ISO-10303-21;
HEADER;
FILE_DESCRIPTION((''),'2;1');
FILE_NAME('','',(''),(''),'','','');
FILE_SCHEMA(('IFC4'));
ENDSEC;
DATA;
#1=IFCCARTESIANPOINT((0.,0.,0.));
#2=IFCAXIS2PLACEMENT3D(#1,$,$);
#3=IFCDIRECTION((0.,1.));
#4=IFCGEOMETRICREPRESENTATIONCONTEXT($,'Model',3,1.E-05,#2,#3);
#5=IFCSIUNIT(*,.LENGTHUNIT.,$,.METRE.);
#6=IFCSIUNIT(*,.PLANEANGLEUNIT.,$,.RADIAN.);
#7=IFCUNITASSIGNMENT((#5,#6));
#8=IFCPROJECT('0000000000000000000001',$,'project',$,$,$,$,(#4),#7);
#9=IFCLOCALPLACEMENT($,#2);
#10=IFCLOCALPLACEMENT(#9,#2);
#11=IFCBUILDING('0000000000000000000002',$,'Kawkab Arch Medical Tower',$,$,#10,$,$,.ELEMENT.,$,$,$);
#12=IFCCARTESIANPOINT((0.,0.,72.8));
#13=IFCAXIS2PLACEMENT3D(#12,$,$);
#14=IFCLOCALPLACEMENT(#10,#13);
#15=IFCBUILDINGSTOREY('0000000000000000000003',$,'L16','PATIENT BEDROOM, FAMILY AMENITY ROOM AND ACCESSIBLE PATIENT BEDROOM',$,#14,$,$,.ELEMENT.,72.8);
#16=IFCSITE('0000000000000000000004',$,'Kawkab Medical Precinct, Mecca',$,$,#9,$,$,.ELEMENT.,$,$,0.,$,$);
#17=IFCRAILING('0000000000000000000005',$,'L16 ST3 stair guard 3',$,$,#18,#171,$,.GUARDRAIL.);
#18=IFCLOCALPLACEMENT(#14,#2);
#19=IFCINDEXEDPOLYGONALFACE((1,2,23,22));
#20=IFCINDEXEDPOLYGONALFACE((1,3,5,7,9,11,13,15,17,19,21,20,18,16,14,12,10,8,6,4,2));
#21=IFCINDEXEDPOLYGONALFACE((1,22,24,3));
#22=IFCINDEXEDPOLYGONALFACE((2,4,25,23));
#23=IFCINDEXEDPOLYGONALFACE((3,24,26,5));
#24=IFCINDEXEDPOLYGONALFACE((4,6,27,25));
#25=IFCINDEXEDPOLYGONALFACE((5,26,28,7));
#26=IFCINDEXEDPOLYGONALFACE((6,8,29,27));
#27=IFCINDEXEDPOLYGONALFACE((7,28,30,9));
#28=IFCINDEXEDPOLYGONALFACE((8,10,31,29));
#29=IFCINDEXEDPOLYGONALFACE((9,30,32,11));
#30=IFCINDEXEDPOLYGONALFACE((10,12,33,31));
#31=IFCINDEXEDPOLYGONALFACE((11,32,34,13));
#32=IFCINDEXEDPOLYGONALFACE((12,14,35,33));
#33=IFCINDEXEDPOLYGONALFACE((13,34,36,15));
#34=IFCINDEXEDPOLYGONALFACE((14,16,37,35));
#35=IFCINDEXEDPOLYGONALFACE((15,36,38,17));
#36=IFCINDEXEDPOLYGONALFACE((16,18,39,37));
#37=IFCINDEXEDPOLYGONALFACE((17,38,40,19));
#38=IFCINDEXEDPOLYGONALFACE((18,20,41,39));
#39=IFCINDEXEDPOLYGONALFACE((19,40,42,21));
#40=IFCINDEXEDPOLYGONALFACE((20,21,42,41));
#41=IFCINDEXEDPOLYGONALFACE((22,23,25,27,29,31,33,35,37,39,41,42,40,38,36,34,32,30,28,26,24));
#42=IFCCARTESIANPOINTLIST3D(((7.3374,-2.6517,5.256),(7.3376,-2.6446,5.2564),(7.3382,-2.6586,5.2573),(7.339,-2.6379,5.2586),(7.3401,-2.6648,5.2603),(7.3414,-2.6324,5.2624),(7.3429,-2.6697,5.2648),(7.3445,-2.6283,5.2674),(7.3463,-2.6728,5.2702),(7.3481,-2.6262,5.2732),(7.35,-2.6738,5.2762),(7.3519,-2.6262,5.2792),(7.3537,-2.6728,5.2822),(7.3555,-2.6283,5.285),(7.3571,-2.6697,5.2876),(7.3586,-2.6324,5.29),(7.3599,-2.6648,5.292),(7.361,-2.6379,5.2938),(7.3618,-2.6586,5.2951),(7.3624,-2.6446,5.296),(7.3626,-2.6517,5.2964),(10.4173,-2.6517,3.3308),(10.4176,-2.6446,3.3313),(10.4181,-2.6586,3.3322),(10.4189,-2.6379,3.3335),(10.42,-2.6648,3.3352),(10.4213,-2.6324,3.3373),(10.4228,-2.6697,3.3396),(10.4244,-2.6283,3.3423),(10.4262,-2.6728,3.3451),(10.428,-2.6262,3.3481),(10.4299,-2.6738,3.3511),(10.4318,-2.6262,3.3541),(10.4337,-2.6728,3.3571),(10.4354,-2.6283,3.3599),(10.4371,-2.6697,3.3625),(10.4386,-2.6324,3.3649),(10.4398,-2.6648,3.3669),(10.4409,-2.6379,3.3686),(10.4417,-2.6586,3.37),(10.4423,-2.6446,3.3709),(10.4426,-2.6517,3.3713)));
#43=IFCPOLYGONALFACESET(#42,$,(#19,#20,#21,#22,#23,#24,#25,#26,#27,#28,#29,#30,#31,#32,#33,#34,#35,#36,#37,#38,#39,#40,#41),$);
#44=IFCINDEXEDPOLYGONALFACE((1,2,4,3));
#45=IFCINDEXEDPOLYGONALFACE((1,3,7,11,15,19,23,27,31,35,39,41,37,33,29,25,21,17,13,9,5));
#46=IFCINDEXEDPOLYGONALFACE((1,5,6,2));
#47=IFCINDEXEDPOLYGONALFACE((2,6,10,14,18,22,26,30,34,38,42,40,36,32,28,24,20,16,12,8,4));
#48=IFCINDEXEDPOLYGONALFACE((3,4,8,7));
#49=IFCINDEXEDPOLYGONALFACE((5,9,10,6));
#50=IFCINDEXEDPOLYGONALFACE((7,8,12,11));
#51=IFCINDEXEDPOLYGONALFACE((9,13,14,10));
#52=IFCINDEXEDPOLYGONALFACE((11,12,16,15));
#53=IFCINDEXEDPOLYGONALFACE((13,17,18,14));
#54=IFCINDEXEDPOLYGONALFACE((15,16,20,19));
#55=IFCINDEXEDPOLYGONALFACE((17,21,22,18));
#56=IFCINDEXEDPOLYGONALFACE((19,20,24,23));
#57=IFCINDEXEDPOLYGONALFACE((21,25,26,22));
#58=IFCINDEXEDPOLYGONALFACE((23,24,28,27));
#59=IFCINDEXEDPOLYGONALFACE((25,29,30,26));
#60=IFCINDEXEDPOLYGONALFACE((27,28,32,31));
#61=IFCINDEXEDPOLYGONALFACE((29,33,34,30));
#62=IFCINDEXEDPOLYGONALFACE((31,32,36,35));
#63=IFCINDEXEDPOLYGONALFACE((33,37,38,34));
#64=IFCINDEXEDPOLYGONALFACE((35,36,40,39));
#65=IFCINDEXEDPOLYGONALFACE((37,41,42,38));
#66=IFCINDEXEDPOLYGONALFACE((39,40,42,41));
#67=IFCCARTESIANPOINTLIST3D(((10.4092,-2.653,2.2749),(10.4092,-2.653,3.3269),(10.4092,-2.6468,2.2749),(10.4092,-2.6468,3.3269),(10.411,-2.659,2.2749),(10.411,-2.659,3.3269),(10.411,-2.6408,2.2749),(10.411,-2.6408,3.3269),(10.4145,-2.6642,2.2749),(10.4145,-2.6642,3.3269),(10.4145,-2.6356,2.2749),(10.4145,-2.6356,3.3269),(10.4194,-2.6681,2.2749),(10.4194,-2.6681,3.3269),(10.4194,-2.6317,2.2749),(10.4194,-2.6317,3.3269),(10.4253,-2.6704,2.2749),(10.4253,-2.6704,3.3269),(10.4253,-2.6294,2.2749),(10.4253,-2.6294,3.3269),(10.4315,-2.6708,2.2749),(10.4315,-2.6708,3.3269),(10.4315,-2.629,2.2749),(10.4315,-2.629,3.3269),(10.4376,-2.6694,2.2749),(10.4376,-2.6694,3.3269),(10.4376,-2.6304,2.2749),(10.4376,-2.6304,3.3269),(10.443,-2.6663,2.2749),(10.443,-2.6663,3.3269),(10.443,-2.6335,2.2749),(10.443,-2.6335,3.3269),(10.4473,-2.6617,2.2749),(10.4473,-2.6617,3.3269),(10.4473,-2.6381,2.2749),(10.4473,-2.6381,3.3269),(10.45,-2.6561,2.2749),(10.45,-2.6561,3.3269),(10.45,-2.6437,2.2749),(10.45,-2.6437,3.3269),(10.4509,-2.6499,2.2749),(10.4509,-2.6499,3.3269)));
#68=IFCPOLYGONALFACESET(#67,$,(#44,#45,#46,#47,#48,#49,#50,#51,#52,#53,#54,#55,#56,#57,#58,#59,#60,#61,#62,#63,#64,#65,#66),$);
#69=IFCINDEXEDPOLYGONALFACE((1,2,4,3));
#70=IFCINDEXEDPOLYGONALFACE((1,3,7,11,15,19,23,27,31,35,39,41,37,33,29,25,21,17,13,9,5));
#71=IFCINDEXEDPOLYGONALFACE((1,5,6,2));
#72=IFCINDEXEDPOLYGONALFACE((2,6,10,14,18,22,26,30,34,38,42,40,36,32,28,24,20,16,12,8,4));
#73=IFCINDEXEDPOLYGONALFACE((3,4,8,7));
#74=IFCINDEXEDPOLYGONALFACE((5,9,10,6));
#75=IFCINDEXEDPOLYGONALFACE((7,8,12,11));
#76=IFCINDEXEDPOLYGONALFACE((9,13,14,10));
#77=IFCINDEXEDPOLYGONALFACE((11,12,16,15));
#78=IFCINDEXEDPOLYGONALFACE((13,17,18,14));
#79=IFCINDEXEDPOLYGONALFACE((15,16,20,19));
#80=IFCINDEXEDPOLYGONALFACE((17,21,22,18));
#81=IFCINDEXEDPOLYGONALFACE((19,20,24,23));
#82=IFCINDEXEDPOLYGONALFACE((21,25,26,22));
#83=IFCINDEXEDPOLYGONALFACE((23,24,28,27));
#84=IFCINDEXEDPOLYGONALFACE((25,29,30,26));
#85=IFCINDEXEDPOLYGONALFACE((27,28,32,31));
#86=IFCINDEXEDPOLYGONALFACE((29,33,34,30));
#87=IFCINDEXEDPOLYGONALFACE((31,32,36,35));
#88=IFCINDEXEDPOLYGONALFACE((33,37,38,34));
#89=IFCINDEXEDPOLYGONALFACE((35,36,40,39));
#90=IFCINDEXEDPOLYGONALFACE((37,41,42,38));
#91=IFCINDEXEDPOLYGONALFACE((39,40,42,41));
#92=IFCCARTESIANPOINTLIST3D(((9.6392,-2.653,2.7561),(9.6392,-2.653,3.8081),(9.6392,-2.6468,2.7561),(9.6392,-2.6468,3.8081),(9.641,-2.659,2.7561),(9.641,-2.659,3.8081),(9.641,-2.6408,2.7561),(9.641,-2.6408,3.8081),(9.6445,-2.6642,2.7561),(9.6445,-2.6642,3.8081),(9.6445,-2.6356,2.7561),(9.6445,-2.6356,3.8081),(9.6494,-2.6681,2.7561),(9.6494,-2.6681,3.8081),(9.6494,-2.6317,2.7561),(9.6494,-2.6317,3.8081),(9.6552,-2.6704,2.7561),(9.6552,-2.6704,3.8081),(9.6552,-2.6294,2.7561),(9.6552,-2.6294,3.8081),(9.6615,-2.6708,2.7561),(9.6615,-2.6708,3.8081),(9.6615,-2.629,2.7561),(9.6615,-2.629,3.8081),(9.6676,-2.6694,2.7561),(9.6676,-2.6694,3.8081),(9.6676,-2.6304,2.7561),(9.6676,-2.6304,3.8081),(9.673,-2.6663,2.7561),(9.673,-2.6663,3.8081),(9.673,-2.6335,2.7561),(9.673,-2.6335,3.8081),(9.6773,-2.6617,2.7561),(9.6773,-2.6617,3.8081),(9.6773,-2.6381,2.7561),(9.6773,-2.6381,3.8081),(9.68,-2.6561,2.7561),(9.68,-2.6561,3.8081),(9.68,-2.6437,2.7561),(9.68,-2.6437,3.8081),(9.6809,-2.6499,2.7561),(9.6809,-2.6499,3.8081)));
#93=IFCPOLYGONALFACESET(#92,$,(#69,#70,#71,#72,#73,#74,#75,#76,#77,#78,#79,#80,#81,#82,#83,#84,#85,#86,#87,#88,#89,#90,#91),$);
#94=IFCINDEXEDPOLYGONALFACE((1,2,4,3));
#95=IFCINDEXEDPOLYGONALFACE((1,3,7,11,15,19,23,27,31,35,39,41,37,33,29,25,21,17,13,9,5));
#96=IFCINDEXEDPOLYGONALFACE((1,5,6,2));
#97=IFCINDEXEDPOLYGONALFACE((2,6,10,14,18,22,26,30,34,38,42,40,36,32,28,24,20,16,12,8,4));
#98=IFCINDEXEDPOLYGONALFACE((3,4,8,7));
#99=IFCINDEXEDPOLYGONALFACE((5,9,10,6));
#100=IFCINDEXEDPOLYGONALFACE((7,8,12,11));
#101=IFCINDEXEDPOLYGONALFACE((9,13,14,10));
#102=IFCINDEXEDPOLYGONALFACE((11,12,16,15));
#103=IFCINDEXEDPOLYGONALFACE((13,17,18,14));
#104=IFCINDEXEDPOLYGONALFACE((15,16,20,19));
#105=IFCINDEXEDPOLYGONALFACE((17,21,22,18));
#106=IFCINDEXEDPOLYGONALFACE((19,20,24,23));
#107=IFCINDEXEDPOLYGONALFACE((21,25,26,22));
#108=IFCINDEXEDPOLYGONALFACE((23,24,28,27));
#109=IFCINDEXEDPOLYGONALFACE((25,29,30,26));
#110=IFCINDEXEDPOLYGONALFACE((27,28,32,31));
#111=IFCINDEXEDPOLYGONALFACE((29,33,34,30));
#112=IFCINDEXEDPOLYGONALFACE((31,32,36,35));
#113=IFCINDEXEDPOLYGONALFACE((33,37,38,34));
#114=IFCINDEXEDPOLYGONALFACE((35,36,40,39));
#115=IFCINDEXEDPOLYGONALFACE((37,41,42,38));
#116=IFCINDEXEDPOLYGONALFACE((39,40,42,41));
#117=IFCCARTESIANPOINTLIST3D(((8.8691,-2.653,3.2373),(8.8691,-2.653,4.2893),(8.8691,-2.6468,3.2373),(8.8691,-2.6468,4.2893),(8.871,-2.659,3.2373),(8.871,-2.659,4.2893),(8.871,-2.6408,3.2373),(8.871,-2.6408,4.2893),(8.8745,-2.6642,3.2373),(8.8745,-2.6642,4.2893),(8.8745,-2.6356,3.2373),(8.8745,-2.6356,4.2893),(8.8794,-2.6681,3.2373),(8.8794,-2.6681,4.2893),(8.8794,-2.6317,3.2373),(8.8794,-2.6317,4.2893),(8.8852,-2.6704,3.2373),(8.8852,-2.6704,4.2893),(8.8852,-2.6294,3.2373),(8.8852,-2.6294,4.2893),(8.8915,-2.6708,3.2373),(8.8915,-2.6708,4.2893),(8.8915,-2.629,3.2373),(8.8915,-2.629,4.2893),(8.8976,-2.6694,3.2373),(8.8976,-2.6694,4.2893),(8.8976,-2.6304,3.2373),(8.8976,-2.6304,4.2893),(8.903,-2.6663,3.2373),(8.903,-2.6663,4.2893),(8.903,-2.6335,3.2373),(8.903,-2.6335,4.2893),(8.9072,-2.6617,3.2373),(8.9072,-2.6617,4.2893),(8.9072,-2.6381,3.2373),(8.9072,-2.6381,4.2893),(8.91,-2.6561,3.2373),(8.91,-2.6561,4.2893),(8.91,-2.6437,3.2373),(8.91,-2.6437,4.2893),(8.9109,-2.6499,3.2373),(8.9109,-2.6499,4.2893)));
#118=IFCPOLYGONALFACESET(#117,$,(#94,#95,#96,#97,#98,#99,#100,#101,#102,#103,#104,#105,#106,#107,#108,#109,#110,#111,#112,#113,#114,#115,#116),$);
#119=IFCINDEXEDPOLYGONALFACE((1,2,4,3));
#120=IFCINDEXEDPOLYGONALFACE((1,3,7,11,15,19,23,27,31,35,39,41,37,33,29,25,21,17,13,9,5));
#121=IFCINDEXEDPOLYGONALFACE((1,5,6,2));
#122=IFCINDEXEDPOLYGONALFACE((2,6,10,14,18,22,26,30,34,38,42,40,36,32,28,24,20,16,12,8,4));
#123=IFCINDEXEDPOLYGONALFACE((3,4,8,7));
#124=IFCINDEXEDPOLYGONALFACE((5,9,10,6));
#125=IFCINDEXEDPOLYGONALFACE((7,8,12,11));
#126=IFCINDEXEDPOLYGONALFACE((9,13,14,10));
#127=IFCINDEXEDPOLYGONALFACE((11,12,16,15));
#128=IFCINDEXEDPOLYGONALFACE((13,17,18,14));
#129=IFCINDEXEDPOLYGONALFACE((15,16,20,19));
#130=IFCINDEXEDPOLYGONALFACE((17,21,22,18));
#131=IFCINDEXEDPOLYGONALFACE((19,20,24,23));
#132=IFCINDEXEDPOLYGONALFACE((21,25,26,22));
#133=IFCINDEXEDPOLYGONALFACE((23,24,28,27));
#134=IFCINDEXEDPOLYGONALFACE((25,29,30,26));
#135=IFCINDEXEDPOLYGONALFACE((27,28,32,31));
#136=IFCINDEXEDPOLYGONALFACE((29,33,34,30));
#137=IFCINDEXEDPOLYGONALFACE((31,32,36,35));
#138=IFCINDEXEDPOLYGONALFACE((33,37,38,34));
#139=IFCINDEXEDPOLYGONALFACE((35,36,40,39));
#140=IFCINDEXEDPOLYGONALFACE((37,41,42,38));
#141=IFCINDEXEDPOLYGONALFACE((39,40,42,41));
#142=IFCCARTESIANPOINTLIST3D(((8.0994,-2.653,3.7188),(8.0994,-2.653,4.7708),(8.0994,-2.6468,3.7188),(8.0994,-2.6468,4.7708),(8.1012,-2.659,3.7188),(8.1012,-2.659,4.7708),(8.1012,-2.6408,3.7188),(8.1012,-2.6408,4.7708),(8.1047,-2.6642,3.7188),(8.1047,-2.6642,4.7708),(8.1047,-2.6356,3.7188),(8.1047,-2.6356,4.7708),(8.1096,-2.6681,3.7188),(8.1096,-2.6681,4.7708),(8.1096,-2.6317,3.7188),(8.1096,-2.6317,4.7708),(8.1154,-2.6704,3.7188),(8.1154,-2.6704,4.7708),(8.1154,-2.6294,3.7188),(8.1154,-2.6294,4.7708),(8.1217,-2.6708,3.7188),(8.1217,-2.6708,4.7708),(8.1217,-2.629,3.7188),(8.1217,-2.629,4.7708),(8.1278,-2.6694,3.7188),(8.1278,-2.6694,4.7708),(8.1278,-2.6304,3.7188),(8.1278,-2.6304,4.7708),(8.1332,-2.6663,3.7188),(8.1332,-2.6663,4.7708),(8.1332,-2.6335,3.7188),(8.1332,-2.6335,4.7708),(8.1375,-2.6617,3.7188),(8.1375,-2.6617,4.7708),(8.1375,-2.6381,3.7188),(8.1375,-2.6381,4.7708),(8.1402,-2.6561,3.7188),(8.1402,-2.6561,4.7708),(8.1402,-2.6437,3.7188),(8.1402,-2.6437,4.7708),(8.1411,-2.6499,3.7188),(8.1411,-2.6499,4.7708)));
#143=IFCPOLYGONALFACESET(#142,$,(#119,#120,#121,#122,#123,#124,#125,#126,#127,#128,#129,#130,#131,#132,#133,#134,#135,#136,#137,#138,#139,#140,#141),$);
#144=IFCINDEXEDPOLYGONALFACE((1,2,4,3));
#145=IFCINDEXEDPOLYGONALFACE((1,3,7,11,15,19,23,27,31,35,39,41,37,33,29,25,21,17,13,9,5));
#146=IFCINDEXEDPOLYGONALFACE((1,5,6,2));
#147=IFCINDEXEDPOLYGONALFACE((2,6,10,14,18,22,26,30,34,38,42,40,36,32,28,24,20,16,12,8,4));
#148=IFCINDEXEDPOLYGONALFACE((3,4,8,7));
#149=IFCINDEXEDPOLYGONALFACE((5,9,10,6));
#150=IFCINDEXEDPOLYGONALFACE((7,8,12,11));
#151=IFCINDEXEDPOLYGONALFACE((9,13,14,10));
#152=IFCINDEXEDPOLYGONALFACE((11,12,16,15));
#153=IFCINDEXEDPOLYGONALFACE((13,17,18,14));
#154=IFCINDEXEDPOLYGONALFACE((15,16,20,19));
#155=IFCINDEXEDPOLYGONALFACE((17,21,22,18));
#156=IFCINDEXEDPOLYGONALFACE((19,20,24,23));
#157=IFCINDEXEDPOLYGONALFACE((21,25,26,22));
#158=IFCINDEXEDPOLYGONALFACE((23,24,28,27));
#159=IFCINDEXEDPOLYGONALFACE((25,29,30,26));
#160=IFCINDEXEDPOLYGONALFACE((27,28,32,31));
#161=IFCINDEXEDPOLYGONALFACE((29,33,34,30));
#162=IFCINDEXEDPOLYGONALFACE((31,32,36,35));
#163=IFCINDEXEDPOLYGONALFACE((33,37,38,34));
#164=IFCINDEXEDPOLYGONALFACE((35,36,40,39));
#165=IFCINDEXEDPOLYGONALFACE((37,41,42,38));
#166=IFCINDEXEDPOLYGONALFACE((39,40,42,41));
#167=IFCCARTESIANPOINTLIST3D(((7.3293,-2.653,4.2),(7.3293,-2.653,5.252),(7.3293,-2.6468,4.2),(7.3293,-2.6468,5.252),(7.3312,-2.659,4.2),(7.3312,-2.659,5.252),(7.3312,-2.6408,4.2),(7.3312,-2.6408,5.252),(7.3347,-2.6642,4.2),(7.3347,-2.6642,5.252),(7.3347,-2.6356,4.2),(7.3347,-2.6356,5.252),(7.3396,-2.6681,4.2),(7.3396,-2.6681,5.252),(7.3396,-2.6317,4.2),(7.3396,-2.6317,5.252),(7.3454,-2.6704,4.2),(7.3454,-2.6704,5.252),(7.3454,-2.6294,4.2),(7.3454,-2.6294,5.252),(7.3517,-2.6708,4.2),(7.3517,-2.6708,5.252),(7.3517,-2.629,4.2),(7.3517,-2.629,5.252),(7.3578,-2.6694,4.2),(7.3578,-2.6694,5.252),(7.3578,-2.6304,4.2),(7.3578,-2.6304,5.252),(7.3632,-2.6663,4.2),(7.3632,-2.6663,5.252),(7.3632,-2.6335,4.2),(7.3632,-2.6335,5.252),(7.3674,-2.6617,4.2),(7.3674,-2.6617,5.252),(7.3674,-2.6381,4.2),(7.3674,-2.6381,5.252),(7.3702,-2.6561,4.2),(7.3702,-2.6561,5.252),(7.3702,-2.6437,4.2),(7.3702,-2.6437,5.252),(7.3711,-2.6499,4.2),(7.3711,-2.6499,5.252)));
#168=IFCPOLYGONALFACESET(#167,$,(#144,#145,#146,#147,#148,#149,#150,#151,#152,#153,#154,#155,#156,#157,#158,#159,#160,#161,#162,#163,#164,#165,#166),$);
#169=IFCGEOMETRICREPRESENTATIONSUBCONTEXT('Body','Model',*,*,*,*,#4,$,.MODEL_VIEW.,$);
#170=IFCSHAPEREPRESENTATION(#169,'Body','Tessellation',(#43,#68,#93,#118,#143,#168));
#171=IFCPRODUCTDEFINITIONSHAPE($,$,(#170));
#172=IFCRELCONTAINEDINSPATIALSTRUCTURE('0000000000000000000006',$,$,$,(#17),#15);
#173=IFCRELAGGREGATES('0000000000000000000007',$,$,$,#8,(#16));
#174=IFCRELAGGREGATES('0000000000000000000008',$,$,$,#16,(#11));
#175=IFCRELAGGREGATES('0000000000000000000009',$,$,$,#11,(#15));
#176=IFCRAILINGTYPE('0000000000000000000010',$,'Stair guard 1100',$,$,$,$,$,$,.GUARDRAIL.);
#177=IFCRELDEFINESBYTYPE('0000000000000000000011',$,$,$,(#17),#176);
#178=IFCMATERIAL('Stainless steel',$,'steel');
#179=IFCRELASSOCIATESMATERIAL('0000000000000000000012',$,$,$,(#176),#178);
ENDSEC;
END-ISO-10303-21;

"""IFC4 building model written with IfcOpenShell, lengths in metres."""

from ifc_helpers import new_model, si_unit, direction, frame, origin, origin_2d, place, context, subcontext, project, spatial, circle, extrude, material, type_object, element, save


model = new_model("IFC4")

# Units and contexts
model_context = context("Model", 3, precision=1e-05, world=origin(), true_north=direction((0.0, 1.0)))
body_context = subcontext(model_context, "Body", "Model", "MODEL_VIEW")
ifc_project = project(units=[si_unit("LENGTHUNIT", "METRE"), si_unit("PLANEANGLEUNIT", "RADIAN")], contexts=[model_context])

# Site, building, storey
site_placement = place(None, origin())
site = spatial("IfcSite", under=ifc_project, at=site_placement, Name="Kawkab Medical Precinct, Mecca", CompositionType="ELEMENT", RefElevation=0.0)
building_placement = place(site_placement, origin())
building = spatial("IfcBuilding", under=site, at=building_placement, Name="Kawkab Arch Medical Tower", CompositionType="ELEMENT")
storey_placement = place(building_placement, frame((0.0, 0.0, 72.8)))
storey = spatial("IfcBuildingStorey", under=building, at=storey_placement, Name="L16", Description="PATIENT BEDROOM, FAMILY AMENITY ROOM AND ACCESSIBLE PATIENT BEDROOM", CompositionType="ELEMENT", Elevation=72.8)

# Railing
ifc_material_1 = material(Name="Stainless steel", Category="steel")
railing_type_1 = type_object("IfcRailingType", Name="Stair guard 1100", PredefinedType="GUARDRAIL", material=ifc_material_1)
railing_1_placement = place(storey_placement, frame((10.4299, -2.6499, 2.2749)))
element("IfcRailing", 1, at=railing_1_placement, inside=storey, type_object=railing_type_1, Name="L16 ST3 stair guard 3", PredefinedType="GUARDRAIL", context=body_context, shape_type="SweptSolid", body=[
    extrude(circle(Radius=0.0239, at=origin_2d()), frame((0.0, 0.0, 1.0762), z_axis=(-0.847979, 0.0, 0.530029), x_axis=(0.0, -1.0, 0.0)), (0.0, 0.0, 1.0), 3.6321),
    extrude(circle(Radius=0.021, at=origin_2d()), origin(), (0.0, 0.0, 1.0), 1.052),
    extrude(circle(Radius=0.021, at=origin_2d()), frame((-0.77, 0.0, 0.4812)), (0.0, 0.0, 1.0), 1.052),
    extrude(circle(Radius=0.021, at=origin_2d()), frame((-1.54, 0.0, 0.9624)), (0.0, 0.0, 1.0), 1.052),
    extrude(circle(Radius=0.021, at=origin_2d()), frame((-2.3098, 0.0, 1.4438)), (0.0, 0.0, 1.0), 1.052),
    extrude(circle(Radius=0.021, at=origin_2d()), frame((-3.0798, 0.0, 1.925)), (0.0, 0.0, 1.0), 1.052),
])

save(model, "model.ifc")
